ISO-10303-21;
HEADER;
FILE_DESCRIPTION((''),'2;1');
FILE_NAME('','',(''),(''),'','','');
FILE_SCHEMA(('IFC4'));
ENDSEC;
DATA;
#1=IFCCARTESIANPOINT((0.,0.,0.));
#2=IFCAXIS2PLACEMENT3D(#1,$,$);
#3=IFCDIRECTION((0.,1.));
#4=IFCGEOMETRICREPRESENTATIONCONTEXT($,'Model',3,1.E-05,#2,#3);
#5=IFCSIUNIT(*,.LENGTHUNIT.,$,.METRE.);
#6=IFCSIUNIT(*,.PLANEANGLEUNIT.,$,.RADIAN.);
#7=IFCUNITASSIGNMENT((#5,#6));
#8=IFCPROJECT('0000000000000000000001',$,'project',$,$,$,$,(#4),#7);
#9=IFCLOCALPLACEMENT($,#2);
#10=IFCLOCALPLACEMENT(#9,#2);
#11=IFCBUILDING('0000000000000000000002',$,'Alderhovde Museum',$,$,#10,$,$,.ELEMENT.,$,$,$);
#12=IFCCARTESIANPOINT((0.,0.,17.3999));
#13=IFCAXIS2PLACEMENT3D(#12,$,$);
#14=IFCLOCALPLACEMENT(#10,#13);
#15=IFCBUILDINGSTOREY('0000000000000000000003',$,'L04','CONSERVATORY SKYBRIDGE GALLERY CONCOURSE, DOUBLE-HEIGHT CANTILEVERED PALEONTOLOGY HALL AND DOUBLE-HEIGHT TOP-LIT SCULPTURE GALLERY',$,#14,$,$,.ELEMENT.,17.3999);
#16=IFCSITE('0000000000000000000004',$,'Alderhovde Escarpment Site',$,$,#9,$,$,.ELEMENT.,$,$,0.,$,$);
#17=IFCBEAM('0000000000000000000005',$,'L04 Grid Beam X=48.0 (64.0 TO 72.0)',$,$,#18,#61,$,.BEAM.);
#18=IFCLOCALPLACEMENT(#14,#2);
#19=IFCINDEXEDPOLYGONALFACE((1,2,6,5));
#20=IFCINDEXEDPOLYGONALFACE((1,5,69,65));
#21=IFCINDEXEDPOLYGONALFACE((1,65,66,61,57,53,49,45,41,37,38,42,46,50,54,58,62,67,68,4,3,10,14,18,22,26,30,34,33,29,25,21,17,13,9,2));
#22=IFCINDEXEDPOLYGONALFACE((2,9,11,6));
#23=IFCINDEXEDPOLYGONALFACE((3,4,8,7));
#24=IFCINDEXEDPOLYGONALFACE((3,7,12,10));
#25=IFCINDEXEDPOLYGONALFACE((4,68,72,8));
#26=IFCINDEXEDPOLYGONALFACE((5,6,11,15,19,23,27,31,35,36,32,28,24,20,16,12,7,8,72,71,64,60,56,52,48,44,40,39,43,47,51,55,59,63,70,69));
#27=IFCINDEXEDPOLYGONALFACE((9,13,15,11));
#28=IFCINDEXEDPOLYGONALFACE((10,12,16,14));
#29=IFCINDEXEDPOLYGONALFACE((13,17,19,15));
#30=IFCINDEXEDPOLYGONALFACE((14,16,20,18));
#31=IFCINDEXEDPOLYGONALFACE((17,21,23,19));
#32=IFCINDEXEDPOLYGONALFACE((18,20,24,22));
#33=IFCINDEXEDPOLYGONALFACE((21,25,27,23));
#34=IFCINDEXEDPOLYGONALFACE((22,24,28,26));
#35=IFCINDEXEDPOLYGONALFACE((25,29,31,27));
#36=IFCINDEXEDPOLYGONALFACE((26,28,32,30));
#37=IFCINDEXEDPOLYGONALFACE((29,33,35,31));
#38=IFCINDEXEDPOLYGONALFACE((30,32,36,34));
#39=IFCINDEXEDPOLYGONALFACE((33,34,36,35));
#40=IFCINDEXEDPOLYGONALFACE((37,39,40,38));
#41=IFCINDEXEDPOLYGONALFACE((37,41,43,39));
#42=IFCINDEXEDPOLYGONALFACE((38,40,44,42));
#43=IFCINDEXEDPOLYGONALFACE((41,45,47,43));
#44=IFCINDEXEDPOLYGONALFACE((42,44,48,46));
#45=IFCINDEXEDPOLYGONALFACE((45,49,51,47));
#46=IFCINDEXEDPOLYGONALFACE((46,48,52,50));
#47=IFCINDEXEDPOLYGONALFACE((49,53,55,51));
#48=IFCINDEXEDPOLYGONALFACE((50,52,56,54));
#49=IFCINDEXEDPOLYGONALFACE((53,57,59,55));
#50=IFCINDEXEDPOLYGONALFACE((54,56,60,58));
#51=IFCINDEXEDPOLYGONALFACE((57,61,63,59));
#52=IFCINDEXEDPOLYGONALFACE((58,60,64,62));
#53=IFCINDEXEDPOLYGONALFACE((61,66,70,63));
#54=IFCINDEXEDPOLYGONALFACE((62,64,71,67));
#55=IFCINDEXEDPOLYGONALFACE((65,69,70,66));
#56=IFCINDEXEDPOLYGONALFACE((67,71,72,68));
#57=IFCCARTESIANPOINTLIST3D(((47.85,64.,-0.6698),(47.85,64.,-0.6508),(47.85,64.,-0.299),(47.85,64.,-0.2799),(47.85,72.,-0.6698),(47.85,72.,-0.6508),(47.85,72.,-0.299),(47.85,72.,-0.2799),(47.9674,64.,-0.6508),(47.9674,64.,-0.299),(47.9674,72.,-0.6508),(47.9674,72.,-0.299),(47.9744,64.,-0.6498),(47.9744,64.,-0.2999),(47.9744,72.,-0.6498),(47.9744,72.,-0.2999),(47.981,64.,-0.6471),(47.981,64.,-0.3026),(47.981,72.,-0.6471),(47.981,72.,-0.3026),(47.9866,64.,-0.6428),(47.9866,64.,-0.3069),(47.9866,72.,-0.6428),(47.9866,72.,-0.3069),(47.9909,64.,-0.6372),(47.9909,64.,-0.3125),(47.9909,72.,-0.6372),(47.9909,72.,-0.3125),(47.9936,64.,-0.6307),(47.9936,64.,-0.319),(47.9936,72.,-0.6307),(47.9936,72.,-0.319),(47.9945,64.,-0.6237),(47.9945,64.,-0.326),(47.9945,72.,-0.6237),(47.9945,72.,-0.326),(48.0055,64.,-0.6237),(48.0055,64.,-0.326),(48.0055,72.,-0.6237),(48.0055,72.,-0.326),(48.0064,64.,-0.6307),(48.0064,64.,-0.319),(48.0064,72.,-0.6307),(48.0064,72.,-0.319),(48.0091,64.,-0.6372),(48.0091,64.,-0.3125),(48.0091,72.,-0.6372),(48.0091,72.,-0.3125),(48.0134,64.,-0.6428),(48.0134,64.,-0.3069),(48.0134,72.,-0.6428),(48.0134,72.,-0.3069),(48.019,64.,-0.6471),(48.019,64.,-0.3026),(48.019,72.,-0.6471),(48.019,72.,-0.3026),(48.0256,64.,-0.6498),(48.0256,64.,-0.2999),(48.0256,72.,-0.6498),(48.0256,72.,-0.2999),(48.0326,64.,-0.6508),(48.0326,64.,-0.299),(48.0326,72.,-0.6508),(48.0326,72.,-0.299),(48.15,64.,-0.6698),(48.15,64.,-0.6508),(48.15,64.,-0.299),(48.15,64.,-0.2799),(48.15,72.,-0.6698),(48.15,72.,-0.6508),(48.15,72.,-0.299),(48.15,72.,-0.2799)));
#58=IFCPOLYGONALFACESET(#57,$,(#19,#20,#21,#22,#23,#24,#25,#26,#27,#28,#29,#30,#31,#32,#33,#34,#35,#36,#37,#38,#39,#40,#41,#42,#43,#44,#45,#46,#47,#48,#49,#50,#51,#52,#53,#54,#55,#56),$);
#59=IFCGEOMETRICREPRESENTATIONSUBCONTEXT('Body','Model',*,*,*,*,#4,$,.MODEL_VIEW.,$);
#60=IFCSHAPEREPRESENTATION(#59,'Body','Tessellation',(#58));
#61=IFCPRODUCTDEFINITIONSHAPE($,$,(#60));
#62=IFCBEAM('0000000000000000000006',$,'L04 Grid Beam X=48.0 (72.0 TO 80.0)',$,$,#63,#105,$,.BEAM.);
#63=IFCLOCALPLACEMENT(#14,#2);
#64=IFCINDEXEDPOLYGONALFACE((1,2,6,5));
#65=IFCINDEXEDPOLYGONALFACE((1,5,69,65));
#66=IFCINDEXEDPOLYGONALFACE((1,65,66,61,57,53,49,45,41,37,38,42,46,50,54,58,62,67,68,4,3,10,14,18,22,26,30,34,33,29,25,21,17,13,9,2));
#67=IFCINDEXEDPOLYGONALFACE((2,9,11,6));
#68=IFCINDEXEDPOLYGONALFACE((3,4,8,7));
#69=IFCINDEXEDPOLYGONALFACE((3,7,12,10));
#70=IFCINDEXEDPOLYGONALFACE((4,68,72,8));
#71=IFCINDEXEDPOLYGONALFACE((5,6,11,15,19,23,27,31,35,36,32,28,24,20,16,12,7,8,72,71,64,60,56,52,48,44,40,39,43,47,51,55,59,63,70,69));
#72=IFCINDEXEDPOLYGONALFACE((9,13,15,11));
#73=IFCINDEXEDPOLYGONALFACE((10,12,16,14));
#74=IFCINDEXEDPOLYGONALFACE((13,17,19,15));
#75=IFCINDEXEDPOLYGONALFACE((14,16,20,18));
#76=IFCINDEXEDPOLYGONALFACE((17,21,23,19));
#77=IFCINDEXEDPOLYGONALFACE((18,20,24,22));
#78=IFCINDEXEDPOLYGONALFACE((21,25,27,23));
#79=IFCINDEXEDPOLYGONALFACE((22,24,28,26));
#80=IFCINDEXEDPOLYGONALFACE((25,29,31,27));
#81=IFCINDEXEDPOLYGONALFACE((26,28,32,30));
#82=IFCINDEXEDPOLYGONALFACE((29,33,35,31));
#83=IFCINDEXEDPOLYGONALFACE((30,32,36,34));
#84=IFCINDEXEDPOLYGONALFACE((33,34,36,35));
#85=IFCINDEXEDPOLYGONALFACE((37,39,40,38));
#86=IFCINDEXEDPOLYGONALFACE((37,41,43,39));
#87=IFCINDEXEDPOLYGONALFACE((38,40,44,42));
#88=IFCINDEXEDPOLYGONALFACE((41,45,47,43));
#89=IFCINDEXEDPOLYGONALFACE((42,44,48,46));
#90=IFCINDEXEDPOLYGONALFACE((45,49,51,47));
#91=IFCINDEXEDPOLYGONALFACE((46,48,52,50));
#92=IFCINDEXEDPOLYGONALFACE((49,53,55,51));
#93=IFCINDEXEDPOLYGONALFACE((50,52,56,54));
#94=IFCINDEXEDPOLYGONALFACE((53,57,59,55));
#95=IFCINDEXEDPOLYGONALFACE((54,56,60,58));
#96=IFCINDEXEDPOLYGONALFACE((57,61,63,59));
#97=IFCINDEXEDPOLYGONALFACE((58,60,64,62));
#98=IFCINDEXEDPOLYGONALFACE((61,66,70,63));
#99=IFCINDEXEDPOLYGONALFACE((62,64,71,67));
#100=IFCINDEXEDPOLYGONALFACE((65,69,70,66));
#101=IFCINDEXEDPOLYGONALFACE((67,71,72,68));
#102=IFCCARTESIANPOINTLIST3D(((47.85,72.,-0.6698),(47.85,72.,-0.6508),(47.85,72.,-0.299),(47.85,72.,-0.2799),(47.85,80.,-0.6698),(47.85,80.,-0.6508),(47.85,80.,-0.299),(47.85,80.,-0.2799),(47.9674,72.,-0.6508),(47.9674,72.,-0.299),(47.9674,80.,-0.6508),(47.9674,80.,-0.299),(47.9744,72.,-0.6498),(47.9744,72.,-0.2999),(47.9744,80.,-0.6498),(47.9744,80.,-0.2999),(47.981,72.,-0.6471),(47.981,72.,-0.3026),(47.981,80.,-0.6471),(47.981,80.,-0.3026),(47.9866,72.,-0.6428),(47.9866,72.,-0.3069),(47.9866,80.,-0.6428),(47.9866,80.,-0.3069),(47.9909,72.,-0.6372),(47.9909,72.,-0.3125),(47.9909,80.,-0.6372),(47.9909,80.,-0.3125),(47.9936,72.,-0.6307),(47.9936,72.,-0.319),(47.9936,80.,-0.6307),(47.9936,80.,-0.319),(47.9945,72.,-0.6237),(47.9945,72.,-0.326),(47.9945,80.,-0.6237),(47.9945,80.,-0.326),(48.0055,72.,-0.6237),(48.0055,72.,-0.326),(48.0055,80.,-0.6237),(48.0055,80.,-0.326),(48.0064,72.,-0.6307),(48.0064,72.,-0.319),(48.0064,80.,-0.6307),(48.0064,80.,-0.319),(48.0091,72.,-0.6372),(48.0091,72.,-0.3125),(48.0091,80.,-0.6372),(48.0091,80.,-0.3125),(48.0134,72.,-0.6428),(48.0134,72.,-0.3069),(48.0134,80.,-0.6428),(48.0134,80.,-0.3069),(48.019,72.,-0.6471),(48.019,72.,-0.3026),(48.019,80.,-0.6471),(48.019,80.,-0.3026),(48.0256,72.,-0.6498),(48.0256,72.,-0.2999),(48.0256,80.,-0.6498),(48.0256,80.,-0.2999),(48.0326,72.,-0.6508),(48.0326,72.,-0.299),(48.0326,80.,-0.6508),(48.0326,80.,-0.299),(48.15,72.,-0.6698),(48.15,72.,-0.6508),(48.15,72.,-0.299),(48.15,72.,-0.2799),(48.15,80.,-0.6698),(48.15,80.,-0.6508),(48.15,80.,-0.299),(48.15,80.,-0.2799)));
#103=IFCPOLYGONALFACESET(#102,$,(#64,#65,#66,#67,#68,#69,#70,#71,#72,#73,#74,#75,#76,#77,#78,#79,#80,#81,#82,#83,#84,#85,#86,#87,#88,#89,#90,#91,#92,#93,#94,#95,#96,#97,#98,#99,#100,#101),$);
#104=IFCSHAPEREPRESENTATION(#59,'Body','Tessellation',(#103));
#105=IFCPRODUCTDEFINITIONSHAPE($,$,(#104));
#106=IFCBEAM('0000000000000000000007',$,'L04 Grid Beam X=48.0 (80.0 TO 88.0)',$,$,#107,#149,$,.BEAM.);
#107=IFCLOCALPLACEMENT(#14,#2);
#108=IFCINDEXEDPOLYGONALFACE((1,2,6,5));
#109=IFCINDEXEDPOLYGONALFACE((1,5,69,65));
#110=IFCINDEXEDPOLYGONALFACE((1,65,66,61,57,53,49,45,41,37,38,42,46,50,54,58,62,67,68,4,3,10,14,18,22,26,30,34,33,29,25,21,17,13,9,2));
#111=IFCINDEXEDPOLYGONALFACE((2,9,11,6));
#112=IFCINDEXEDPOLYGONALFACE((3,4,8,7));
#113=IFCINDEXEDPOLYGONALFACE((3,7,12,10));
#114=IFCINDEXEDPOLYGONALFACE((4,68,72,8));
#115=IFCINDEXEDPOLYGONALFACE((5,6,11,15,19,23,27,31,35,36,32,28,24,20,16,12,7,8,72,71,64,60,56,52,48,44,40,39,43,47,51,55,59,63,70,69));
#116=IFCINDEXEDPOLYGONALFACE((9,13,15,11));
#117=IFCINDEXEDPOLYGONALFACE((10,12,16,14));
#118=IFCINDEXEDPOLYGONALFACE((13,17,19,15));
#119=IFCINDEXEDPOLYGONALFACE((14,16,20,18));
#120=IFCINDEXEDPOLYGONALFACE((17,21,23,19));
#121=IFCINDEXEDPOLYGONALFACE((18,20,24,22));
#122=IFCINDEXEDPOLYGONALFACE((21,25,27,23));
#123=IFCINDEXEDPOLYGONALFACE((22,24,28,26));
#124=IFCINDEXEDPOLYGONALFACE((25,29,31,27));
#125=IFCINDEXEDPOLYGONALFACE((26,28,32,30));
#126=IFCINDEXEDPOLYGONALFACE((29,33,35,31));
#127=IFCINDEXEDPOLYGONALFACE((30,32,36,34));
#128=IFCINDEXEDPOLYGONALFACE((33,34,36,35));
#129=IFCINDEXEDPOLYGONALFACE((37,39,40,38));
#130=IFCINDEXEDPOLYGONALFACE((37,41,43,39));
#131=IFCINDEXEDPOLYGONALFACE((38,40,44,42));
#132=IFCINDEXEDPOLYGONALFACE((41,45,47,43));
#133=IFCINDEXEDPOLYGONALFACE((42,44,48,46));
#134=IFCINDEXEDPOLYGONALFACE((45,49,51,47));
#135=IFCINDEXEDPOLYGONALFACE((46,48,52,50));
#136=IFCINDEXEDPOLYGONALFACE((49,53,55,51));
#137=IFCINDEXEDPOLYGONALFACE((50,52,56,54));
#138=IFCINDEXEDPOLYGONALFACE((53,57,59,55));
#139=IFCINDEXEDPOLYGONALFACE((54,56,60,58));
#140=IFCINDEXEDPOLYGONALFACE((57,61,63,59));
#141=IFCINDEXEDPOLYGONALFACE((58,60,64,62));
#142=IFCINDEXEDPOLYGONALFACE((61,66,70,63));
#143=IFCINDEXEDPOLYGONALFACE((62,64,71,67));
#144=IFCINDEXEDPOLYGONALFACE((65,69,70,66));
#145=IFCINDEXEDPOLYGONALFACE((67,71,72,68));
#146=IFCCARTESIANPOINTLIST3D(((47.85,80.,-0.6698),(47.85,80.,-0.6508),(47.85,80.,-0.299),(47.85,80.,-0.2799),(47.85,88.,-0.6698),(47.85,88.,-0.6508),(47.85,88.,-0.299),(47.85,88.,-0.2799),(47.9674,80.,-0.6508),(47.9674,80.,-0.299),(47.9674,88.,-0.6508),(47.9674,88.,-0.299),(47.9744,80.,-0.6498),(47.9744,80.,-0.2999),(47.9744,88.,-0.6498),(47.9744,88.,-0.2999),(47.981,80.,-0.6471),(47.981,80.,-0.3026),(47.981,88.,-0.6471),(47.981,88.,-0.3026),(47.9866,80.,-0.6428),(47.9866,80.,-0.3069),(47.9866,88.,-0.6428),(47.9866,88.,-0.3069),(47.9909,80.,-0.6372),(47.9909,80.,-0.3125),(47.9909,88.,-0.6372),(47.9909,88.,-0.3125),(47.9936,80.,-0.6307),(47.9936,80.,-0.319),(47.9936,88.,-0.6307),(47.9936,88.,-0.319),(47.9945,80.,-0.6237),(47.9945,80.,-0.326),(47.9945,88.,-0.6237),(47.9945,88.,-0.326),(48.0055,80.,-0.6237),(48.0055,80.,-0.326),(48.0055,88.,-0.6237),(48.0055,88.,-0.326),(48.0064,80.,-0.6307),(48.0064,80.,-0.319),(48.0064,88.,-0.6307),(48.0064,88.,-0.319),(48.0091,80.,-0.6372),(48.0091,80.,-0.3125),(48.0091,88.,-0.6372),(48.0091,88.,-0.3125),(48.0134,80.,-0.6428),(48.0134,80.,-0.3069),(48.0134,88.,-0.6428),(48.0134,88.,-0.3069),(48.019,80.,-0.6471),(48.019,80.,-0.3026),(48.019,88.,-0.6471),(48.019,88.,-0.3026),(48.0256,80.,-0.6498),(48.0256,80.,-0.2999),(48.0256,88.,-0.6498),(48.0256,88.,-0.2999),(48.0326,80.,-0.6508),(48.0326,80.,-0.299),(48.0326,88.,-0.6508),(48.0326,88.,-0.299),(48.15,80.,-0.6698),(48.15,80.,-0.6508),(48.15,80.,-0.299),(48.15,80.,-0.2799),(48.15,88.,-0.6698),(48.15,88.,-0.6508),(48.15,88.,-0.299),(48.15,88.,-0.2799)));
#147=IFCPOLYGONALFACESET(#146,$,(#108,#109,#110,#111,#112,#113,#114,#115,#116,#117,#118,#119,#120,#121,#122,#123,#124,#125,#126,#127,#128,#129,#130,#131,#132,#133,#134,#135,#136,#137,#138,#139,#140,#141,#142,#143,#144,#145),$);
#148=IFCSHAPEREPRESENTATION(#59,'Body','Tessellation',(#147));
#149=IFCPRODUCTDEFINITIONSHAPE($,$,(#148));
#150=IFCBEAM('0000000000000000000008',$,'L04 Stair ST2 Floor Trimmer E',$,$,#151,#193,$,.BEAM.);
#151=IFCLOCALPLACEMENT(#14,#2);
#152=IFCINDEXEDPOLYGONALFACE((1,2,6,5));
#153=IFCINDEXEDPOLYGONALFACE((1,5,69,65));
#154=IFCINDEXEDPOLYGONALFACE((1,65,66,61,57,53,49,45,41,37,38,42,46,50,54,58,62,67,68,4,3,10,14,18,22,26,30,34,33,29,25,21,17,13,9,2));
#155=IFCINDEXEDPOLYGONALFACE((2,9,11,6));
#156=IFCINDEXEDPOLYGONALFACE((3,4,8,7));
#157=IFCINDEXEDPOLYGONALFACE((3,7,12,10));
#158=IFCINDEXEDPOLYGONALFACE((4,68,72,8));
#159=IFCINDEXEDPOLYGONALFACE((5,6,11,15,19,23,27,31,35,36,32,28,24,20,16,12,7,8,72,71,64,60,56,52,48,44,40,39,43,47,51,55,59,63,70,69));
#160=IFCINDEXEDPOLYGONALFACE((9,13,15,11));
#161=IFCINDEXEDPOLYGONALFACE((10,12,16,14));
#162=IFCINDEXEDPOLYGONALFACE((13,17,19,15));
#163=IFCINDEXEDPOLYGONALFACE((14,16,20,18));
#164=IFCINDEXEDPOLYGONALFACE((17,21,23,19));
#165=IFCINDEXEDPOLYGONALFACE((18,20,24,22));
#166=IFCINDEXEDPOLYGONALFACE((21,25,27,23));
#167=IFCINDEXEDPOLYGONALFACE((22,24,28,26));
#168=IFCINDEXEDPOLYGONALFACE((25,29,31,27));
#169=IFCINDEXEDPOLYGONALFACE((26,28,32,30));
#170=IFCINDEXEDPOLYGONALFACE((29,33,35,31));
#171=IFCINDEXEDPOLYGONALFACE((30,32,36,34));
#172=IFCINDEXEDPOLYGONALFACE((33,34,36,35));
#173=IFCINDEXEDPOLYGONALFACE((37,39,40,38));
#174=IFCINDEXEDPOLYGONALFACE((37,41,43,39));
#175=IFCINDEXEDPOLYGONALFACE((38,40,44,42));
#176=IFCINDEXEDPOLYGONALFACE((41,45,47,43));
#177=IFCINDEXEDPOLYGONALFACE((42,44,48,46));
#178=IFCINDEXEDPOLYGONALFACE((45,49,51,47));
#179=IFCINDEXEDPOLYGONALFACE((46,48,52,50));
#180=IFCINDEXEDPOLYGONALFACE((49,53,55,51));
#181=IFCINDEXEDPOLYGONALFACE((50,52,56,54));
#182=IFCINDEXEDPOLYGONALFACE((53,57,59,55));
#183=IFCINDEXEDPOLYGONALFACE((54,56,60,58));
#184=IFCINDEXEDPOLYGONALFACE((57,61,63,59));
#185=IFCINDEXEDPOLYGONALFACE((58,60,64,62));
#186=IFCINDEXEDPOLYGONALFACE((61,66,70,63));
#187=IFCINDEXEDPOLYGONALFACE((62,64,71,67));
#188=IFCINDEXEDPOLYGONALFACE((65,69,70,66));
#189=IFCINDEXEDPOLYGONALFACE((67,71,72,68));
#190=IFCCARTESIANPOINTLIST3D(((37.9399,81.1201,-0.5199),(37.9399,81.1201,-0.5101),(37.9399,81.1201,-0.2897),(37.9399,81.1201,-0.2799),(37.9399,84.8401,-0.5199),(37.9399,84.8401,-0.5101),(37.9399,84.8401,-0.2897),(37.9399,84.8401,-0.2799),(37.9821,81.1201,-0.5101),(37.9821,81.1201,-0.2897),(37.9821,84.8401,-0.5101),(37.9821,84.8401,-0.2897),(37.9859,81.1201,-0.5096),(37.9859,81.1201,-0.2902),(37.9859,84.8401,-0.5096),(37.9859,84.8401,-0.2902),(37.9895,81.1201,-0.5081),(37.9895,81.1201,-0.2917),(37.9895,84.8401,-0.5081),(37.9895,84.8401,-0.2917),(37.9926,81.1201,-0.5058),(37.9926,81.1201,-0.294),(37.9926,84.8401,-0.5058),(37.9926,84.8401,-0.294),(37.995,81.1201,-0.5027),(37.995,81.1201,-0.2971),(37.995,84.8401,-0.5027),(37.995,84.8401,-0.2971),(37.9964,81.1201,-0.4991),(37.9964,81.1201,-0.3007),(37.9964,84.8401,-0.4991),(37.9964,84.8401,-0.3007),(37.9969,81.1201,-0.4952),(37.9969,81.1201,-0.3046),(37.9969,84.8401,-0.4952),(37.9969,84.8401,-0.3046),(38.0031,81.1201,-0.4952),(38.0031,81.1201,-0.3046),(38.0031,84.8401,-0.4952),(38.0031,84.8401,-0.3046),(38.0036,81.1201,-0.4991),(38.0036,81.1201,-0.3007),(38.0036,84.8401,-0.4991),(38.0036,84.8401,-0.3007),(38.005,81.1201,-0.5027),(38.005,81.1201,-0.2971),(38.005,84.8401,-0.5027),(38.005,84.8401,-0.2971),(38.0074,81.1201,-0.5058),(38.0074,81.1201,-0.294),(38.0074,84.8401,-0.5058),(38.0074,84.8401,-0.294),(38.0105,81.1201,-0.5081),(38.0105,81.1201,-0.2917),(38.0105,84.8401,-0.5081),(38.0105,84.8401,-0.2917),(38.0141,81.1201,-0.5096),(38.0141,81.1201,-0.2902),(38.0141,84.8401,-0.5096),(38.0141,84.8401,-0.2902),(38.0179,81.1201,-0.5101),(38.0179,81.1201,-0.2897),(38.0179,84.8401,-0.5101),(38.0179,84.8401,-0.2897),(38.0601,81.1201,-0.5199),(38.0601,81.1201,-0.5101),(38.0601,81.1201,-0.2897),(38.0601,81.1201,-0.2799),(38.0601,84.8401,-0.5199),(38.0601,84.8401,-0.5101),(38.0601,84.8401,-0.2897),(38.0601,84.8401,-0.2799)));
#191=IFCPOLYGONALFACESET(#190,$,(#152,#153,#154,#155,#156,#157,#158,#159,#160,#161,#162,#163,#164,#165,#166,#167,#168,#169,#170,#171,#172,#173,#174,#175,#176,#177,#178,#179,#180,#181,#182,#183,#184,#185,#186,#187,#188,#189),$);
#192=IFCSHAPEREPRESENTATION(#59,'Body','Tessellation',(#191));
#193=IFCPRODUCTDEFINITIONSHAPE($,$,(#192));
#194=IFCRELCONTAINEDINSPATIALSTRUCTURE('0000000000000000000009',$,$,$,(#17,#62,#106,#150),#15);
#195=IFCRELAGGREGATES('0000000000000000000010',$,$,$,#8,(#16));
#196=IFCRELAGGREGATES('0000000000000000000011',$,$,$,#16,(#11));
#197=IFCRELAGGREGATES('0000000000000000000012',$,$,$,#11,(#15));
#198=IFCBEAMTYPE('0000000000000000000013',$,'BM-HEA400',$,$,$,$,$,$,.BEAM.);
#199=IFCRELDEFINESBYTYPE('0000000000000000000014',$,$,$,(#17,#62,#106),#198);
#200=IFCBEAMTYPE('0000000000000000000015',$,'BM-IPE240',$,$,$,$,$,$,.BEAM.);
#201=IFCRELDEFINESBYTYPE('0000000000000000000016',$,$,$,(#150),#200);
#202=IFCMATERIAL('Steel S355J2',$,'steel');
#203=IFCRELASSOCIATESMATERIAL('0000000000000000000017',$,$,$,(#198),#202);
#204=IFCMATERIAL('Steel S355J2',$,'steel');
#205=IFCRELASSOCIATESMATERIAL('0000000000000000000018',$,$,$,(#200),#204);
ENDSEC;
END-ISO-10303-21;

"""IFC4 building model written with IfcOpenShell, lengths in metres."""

from ifc_helpers import new_model, si_unit, direction, frame, origin, origin_2d, place, context, subcontext, project, spatial, i_section, extrude, material, material_profile, profile_set, type_object, element, save


model = new_model("IFC4")

# Units and contexts
model_context = context("Model", 3, precision=1e-05, world=origin(), true_north=direction((0.0, 1.0)))
body_context = subcontext(model_context, "Body", "Model", "MODEL_VIEW")
ifc_project = project(units=[si_unit("LENGTHUNIT", "METRE"), si_unit("PLANEANGLEUNIT", "RADIAN")], contexts=[model_context])

# Site, building, storey
site_placement = place(None, origin())
site = spatial("IfcSite", under=ifc_project, at=site_placement, Name="Alderhovde Escarpment Site", CompositionType="ELEMENT", RefElevation=0.0)
building_placement = place(site_placement, origin())
building = spatial("IfcBuilding", under=site, at=building_placement, Name="Alderhovde Museum", CompositionType="ELEMENT")
storey_placement = place(building_placement, frame((0.0, 0.0, 17.3999)))
storey = spatial("IfcBuildingStorey", under=building, at=storey_placement, Name="L04", Description="CONSERVATORY SKYBRIDGE GALLERY CONCOURSE, DOUBLE-HEIGHT CANTILEVERED PALEONTOLOGY HALL AND DOUBLE-HEIGHT TOP-LIT SCULPTURE GALLERY", CompositionType="ELEMENT", Elevation=17.3999)

# Beams
ifc_material_1 = material(Name="Steel S355J2", Category="steel")
ifc_material_profile_1 = material_profile(ifc_material_1, i_section(OverallWidth=0.3, OverallDepth=0.3899, WebThickness=0.011, FlangeThickness=0.019, FilletRadius=0.0271, at=origin_2d()), Name="HEA 400")
ifc_profile_set_1 = profile_set([ifc_material_profile_1], Name="Steel S355J2")
beam_type_1 = type_object("IfcBeamType", Name="BM-HEA400", PredefinedType="BEAM", material=ifc_profile_set_1)
for number, where, z_axis, x_axis, name in (
    (1, (48.0, 64.0, -0.4749), (0.0, 1.0, 0.0), (-1.0, 0.0, 0.0), "L04 Grid Beam X=48.0 (64.0 TO 72.0)"),
    (2, (48.0, 72.0, -0.4749), (0.0, 1.0, 0.0), (-1.0, 0.0, 0.0), "L04 Grid Beam X=48.0 (72.0 TO 80.0)"),
    (3, (48.0, 80.0, -0.4749), (0.0, 1.0, 0.0), (-1.0, 0.0, 0.0), "L04 Grid Beam X=48.0 (80.0 TO 88.0)"),
):
    element("IfcBeam", number, at=place(storey_placement, frame(where, z_axis=z_axis, x_axis=x_axis)), inside=storey, type_object=beam_type_1, Name=name, PredefinedType="BEAM", context=body_context, shape_type="SweptSolid", body=[
        extrude(i_section(OverallWidth=0.3, OverallDepth=0.3899, WebThickness=0.011, FlangeThickness=0.019, FilletRadius=0.0271, at=origin_2d()), origin(), (0.0, 0.0, 1.0), 8.0),
    ])
ifc_material_2 = material(Name="Steel S355J2", Category="steel")
ifc_material_profile_2 = material_profile(ifc_material_2, i_section(OverallWidth=0.1201, OverallDepth=0.24, WebThickness=0.0061, FlangeThickness=0.0098, FilletRadius=0.0149, at=origin_2d()), Name="IPE 240")
ifc_profile_set_2 = profile_set([ifc_material_profile_2], Name="Steel S355J2")
beam_type_2 = type_object("IfcBeamType", Name="BM-IPE240", PredefinedType="BEAM", material=ifc_profile_set_2)
for number, where, z_axis, x_axis, name in (
    (4, (38.0, 81.1201, -0.3999), (0.0, 1.0, 0.0), (-1.0, 0.0, 0.0), "L04 Stair ST2 Floor Trimmer E"),
):
    element("IfcBeam", number, at=place(storey_placement, frame(where, z_axis=z_axis, x_axis=x_axis)), inside=storey, type_object=beam_type_2, Name=name, PredefinedType="BEAM", context=body_context, shape_type="SweptSolid", body=[
        extrude(i_section(OverallWidth=0.1201, OverallDepth=0.24, WebThickness=0.0061, FlangeThickness=0.0098, FilletRadius=0.0149, at=origin_2d()), origin(), (0.0, 0.0, 1.0), 3.72),
    ])

save(model, "model.ifc")
